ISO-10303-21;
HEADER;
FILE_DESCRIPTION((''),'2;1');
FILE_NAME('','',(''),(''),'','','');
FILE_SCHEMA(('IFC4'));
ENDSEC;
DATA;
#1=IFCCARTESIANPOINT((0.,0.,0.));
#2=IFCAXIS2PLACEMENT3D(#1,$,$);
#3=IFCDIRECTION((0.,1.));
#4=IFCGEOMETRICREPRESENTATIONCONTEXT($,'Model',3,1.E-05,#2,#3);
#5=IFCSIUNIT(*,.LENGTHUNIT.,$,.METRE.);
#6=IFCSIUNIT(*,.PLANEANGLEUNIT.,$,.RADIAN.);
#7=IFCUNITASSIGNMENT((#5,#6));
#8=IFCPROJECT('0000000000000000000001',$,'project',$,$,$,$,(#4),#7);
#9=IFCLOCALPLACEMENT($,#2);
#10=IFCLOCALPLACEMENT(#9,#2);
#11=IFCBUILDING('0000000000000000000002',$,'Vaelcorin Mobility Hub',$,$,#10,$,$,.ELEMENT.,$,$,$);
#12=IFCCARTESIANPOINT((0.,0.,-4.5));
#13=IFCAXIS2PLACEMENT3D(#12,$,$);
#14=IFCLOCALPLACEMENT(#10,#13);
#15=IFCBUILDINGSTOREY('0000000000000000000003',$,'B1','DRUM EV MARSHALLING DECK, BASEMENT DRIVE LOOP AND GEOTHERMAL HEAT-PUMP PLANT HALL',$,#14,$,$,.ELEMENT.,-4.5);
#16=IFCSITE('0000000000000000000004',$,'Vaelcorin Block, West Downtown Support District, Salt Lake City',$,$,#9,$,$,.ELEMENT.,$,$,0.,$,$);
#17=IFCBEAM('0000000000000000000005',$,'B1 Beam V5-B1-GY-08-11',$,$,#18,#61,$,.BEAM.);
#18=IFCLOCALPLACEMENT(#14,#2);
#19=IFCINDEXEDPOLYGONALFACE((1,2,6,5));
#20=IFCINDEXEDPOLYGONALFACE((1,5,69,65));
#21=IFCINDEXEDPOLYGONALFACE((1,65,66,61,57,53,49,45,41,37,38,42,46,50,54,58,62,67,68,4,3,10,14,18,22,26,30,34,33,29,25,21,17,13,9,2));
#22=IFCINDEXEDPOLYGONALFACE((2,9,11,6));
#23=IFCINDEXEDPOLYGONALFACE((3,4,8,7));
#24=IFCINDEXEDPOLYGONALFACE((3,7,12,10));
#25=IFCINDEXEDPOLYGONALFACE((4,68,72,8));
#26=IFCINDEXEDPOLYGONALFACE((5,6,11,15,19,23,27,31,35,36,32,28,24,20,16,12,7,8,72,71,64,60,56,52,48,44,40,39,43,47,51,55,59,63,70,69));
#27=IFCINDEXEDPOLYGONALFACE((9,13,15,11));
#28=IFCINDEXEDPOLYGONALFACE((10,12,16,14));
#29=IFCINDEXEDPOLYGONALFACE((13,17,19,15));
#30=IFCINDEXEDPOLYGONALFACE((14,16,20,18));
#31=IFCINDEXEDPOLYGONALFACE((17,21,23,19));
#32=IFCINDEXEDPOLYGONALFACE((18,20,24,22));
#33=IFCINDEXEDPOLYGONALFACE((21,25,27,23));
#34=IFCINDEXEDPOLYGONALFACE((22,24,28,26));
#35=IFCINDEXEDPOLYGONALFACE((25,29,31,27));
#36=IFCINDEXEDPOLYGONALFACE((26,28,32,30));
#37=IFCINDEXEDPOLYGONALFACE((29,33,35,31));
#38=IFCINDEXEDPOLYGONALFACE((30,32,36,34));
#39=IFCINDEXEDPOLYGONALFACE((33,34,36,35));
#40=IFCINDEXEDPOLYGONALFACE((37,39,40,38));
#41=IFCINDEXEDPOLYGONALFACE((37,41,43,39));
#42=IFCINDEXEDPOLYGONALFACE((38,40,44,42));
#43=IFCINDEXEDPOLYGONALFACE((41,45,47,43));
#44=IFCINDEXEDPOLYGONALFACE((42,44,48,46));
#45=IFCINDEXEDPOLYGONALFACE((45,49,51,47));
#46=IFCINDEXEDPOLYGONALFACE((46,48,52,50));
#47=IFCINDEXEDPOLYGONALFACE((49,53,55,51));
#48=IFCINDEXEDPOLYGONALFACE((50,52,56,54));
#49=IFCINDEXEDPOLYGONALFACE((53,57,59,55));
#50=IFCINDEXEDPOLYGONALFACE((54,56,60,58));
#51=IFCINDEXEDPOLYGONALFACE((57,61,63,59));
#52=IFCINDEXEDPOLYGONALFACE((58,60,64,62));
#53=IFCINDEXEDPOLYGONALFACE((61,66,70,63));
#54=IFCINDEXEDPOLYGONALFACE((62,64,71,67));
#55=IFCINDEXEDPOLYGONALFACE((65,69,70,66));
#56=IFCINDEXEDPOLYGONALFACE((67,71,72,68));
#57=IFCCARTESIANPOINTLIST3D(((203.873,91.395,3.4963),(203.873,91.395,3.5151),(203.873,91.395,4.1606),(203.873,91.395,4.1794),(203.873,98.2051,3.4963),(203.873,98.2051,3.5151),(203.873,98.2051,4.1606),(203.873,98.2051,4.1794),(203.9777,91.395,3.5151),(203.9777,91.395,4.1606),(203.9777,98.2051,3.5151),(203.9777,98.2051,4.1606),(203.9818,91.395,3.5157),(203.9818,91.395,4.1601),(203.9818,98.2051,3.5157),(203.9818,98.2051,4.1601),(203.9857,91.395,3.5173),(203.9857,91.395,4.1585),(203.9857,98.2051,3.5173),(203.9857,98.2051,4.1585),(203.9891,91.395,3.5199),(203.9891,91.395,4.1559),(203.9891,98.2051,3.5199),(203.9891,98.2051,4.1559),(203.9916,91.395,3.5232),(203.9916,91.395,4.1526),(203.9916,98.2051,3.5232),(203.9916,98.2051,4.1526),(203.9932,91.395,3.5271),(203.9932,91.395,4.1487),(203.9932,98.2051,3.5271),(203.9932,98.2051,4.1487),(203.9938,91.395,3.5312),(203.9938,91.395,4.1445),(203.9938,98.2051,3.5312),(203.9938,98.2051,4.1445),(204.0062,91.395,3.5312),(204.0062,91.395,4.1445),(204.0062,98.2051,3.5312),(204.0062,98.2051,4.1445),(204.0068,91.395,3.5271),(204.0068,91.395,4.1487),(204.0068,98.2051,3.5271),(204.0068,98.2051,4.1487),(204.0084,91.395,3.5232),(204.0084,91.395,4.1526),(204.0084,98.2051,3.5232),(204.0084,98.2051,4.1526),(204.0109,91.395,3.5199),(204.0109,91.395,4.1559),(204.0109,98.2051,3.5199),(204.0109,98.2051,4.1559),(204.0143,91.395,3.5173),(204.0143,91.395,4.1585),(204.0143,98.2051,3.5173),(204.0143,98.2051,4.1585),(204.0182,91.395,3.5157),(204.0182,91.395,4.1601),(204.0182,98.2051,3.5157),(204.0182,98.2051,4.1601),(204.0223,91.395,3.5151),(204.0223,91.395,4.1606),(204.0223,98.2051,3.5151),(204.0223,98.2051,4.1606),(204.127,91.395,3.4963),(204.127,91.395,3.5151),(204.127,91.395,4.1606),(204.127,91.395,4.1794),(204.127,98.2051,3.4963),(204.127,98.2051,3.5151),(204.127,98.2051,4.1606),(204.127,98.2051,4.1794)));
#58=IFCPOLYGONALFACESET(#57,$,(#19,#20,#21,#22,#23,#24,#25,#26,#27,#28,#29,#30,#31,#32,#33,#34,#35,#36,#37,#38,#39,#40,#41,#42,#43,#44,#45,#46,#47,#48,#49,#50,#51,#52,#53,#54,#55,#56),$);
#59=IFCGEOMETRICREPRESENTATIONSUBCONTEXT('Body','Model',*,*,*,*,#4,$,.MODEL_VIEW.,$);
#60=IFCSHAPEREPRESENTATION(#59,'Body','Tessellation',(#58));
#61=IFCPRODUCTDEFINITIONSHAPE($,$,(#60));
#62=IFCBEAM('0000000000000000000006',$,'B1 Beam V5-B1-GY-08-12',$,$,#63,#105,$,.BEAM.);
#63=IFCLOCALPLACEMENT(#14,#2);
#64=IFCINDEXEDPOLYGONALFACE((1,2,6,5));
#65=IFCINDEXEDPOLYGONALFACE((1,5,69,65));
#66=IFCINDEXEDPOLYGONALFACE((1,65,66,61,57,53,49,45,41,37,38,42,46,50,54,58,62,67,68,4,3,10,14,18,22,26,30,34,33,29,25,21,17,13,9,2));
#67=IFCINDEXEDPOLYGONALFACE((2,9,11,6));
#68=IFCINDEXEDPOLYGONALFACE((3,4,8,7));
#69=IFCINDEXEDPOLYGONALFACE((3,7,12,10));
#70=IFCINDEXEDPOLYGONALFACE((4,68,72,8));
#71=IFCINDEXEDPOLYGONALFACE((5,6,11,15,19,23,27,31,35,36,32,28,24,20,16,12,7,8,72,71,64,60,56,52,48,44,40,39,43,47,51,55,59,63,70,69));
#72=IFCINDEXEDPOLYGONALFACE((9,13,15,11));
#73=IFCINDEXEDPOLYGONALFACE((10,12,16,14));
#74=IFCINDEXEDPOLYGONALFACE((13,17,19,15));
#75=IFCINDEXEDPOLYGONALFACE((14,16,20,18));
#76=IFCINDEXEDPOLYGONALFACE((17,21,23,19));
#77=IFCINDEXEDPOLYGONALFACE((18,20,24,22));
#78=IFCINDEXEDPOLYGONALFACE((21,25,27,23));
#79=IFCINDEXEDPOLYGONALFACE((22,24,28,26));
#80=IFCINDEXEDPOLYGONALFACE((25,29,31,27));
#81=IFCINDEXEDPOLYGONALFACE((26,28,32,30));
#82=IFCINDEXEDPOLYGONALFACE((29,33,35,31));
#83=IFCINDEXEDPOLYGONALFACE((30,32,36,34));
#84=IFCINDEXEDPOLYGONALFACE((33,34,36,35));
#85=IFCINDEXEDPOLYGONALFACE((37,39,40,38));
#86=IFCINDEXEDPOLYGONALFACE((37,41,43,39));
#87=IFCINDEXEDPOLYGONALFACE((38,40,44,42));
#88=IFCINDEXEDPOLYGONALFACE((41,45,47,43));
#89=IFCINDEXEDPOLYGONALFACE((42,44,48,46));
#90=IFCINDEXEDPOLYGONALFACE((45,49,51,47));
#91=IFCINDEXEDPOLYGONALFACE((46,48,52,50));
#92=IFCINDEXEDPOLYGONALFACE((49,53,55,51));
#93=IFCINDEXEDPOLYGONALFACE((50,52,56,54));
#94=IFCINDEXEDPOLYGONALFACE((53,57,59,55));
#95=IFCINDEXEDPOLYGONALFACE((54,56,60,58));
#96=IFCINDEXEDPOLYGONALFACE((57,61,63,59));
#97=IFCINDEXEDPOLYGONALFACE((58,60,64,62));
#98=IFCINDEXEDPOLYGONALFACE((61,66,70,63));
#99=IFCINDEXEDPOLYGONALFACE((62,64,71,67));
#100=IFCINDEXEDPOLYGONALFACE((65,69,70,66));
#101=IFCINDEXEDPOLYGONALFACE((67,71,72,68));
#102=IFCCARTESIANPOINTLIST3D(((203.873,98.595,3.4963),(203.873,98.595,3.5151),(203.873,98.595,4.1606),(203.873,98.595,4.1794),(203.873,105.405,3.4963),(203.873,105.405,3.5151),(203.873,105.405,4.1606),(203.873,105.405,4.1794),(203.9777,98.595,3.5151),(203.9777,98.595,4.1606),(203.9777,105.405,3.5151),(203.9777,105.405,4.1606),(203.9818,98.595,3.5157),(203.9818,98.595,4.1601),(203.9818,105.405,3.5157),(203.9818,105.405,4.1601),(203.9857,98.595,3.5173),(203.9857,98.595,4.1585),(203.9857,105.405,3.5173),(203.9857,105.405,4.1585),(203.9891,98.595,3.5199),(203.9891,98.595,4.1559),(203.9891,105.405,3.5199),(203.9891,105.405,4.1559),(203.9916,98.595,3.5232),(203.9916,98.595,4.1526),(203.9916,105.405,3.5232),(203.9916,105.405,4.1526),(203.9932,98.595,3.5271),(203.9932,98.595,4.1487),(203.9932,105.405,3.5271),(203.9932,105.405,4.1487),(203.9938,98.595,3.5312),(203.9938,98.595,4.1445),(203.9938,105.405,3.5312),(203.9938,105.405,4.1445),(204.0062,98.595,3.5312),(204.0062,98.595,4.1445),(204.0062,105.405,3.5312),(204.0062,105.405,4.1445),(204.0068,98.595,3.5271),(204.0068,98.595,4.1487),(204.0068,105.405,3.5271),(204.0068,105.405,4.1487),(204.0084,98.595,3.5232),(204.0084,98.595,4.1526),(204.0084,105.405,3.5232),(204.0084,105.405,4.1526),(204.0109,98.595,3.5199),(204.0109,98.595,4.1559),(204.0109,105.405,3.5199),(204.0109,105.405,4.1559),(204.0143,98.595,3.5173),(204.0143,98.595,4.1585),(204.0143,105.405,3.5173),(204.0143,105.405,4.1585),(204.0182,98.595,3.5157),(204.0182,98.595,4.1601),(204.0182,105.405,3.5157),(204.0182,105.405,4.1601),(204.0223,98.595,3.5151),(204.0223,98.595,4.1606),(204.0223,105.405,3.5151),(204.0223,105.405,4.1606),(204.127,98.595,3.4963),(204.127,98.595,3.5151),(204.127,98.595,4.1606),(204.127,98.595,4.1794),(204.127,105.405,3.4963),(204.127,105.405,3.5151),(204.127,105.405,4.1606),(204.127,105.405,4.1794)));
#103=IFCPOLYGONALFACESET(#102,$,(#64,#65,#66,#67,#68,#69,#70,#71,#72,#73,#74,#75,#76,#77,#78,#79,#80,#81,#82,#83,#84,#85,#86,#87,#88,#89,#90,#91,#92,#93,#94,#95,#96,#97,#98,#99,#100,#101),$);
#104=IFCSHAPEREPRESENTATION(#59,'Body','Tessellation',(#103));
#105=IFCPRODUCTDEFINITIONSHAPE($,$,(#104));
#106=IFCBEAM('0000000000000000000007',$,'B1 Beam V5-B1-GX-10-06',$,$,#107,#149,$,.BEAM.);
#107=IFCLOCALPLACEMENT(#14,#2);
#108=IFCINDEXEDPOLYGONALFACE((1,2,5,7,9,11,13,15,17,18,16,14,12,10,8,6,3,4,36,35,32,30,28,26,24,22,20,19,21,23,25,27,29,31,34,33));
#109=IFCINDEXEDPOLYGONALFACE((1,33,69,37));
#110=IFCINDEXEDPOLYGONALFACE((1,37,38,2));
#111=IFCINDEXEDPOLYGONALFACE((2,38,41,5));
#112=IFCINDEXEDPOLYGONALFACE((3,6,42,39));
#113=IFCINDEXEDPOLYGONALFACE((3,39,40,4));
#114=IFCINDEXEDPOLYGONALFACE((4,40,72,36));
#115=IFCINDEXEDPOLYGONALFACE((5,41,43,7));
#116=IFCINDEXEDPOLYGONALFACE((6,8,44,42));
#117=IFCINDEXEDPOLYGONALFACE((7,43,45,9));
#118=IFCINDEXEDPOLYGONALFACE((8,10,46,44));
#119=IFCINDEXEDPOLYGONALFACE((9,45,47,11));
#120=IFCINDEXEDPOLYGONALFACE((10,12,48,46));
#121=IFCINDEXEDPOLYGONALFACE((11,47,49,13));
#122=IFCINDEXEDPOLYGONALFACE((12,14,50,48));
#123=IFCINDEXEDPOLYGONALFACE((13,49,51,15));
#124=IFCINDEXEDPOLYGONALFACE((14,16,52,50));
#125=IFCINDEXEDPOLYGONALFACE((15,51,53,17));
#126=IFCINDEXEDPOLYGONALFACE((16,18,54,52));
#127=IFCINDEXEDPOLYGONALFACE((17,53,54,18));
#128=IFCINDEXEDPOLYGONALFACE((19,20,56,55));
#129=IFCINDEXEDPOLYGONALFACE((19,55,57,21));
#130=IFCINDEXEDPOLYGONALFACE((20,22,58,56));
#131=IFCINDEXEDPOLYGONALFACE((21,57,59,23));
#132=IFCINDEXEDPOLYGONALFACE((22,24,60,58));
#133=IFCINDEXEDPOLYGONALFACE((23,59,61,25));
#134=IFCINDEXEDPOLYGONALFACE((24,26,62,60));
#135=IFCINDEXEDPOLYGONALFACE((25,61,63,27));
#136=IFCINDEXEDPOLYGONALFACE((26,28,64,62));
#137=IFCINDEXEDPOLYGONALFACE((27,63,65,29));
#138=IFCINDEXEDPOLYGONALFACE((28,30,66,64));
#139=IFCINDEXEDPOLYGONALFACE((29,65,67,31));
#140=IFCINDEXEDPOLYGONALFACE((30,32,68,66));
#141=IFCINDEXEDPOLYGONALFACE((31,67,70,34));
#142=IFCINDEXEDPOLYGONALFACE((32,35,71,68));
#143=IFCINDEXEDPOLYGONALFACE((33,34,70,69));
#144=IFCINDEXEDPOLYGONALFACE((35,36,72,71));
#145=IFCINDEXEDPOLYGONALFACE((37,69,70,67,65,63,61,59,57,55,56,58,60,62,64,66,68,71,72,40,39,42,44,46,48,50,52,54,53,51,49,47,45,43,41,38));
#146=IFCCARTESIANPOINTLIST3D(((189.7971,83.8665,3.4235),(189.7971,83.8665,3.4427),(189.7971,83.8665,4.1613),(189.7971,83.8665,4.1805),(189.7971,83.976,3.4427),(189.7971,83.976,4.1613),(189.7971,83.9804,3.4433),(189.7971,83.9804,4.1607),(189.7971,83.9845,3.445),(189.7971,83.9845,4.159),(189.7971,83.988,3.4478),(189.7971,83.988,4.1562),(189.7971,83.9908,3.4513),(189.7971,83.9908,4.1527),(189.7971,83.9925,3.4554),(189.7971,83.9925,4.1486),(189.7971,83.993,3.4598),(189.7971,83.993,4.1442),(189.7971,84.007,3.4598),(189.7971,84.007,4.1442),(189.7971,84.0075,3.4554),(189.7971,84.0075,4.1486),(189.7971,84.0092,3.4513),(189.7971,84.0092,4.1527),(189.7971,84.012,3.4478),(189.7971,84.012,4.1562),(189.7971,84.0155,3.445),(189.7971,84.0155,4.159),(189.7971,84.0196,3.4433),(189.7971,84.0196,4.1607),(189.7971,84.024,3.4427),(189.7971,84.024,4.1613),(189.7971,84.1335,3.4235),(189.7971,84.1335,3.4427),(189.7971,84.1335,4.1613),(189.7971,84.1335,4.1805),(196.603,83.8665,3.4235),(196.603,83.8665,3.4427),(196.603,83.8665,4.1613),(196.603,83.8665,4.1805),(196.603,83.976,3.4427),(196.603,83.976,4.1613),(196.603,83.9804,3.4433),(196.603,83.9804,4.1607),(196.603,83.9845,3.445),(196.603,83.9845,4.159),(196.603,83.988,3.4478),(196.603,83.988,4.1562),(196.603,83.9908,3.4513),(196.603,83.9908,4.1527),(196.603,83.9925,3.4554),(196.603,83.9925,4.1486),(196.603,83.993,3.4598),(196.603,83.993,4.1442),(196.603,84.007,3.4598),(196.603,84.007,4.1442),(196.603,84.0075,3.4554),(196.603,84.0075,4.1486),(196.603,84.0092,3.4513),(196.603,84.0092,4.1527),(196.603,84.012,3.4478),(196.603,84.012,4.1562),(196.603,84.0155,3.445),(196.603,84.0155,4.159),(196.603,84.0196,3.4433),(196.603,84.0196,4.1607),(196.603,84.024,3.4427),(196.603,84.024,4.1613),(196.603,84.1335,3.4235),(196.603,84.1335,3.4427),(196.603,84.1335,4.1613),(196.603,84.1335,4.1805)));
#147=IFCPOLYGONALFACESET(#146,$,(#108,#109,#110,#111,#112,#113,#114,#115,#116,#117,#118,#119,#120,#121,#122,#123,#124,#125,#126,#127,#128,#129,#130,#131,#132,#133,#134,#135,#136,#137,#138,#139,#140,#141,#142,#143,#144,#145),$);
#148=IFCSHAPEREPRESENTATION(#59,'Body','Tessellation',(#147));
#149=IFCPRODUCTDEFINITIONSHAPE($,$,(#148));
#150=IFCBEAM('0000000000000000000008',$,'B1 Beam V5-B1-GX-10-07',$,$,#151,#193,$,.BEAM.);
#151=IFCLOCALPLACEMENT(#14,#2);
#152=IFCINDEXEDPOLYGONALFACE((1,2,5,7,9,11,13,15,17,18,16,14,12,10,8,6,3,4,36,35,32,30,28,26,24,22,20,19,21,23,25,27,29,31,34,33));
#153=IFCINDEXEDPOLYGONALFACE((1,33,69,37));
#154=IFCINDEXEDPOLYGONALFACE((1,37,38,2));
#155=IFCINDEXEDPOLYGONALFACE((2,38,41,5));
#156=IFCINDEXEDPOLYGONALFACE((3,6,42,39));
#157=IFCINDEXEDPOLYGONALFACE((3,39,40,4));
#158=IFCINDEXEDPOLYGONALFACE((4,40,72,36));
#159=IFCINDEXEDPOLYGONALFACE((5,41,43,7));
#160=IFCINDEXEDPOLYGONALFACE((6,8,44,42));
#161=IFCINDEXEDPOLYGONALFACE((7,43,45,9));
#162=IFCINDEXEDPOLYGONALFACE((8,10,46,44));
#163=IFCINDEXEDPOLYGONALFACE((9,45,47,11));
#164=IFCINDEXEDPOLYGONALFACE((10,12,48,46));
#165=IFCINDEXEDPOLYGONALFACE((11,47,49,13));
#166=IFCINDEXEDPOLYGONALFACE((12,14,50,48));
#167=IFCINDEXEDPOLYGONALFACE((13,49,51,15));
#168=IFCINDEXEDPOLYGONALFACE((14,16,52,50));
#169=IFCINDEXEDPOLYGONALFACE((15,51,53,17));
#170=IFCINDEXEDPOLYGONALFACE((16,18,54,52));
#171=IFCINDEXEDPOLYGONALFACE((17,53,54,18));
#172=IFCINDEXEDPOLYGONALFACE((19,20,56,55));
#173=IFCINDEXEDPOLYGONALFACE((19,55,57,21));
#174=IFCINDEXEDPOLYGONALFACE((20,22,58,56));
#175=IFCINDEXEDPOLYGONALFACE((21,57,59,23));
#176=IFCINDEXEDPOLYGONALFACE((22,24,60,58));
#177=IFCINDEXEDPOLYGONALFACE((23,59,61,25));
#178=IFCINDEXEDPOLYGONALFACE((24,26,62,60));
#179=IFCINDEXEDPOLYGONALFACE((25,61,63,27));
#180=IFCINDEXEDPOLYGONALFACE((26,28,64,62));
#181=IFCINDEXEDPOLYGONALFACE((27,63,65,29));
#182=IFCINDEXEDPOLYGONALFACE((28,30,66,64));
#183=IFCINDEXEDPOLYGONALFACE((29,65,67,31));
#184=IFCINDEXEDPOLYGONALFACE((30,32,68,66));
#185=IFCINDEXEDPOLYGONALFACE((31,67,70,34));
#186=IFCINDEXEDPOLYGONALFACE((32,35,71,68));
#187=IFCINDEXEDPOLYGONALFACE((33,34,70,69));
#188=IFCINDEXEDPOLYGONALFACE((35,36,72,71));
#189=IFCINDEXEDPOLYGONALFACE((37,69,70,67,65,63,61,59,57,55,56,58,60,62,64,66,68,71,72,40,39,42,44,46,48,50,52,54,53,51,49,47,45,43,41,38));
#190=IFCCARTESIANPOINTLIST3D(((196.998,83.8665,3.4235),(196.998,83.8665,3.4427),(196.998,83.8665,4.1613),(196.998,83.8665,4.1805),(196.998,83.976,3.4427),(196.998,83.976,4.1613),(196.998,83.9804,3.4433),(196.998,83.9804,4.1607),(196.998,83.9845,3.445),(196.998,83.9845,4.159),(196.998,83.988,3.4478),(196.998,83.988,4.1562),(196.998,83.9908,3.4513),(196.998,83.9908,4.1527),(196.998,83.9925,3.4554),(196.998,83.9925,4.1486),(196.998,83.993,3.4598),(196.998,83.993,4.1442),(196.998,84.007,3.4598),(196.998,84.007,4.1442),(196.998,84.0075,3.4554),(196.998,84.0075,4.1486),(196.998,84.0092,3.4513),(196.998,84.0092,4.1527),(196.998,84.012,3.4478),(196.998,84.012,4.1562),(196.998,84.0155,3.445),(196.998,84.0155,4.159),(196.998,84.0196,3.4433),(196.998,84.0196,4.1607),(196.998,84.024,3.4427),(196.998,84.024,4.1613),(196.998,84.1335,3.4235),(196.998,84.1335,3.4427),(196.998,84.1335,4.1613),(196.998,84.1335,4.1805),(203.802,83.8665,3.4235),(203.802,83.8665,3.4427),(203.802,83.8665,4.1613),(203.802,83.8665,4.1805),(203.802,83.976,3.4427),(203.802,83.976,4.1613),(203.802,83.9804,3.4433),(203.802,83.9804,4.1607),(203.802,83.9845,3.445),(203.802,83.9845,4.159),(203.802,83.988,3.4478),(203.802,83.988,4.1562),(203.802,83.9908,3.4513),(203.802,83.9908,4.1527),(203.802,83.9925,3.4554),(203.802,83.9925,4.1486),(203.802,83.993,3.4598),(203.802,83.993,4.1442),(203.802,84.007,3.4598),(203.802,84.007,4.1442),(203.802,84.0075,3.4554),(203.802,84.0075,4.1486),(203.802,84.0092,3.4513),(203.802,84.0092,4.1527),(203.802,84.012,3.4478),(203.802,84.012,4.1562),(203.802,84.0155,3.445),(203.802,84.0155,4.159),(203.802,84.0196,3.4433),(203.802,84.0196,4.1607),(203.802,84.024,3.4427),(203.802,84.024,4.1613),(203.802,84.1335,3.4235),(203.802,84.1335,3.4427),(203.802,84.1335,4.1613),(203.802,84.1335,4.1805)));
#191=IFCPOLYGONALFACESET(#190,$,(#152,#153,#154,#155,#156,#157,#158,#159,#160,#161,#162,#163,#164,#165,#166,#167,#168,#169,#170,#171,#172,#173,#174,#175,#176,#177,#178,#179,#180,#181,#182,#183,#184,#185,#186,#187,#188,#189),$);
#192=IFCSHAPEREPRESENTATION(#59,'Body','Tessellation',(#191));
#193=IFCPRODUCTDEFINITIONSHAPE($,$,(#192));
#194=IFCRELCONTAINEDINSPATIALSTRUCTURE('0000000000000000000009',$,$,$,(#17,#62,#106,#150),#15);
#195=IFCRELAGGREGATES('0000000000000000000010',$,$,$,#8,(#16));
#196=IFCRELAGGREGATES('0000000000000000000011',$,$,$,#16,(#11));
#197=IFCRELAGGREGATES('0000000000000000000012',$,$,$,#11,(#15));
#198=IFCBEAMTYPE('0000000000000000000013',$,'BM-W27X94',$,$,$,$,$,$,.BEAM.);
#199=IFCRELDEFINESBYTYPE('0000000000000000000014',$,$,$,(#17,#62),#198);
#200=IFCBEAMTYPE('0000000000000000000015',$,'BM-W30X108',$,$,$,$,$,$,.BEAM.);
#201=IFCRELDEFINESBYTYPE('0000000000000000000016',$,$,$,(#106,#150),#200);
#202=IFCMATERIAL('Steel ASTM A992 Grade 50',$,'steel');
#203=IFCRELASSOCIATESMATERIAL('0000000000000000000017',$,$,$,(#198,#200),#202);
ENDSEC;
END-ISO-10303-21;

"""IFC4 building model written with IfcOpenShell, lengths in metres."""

from ifc_helpers import new_model, si_unit, direction, frame, origin, origin_2d, place, context, subcontext, project, spatial, i_section, extrude, material, material_profile, profile_set, type_object, element, save


model = new_model("IFC4")

# Units and contexts
model_context = context("Model", 3, precision=1e-05, world=origin(), true_north=direction((0.0, 1.0)))
body_context = subcontext(model_context, "Body", "Model", "MODEL_VIEW")
ifc_project = project(units=[si_unit("LENGTHUNIT", "METRE"), si_unit("PLANEANGLEUNIT", "RADIAN")], contexts=[model_context])

# Site, building, storey
site_placement = place(None, origin())
site = spatial("IfcSite", under=ifc_project, at=site_placement, Name="Vaelcorin Block, West Downtown Support District, Salt Lake City", CompositionType="ELEMENT", RefElevation=0.0)
building_placement = place(site_placement, origin())
building = spatial("IfcBuilding", under=site, at=building_placement, Name="Vaelcorin Mobility Hub", CompositionType="ELEMENT")
storey_placement = place(building_placement, frame((0.0, 0.0, -4.5)))
storey = spatial("IfcBuildingStorey", under=building, at=storey_placement, Name="B1", Description="DRUM EV MARSHALLING DECK, BASEMENT DRIVE LOOP AND GEOTHERMAL HEAT-PUMP PLANT HALL", CompositionType="ELEMENT", Elevation=-4.5)

# Shared definitions
ifc_material_1 = material(Name="Steel ASTM A992 Grade 50", Category="steel")

# Beams
ifc_material_profile_1 = material_profile(ifc_material_1, i_section(OverallWidth=0.2539, OverallDepth=0.6831, WebThickness=0.0125, FlangeThickness=0.0188, FilletRadius=0.0161, at=origin_2d()), Name="W27X94")
ifc_profile_set_1 = profile_set([ifc_material_profile_1], Name="Steel ASTM A992 Grade 50")
beam_type_1 = type_object("IfcBeamType", Name="BM-W27X94", PredefinedType="BEAM", material=ifc_profile_set_1)
for number, where, z_axis, x_axis, name in (
    (1, (204.0, 91.395, 3.8379), (0.0, 1.0, 0.0), (-1.0, 0.0, 0.0), "B1 Beam V5-B1-GY-08-11"),
    (2, (204.0, 98.595, 3.8379), (0.0, 1.0, 0.0), (-1.0, 0.0, 0.0), "B1 Beam V5-B1-GY-08-12"),
):
    element("IfcBeam", number, at=place(storey_placement, frame(where, z_axis=z_axis, x_axis=x_axis)), inside=storey, type_object=beam_type_1, Name=name, PredefinedType="BEAM", context=body_context, shape_type="SweptSolid", body=[
        extrude(i_section(OverallWidth=0.2539, OverallDepth=0.6831, WebThickness=0.0125, FlangeThickness=0.0188, FilletRadius=0.0161, at=origin_2d()), origin(), (0.0, 0.0, 1.0), 6.8101),
    ])
ifc_material_profile_2 = material_profile(ifc_material_1, i_section(OverallWidth=0.2671, OverallDepth=0.7571, WebThickness=0.0139, FlangeThickness=0.0193, FilletRadius=0.0171, at=origin_2d()), Name="W30X108")
ifc_profile_set_2 = profile_set([ifc_material_profile_2], Name="Steel ASTM A992 Grade 50")
beam_type_2 = type_object("IfcBeamType", Name="BM-W30X108", PredefinedType="BEAM", material=ifc_profile_set_2)
beam_1_placement = place(storey_placement, frame((189.7971, 84.0, 3.802), z_axis=(1.0, 0.0, 0.0), x_axis=(0.0, 1.0, 0.0)))
element("IfcBeam", 3, at=beam_1_placement, inside=storey, type_object=beam_type_2, Name="B1 Beam V5-B1-GX-10-06", PredefinedType="BEAM", context=body_context, shape_type="SweptSolid", body=[
    extrude(i_section(OverallWidth=0.2671, OverallDepth=0.7571, WebThickness=0.0139, FlangeThickness=0.0193, FilletRadius=0.0171, at=origin_2d()), origin(), (0.0, 0.0, 1.0), 6.8059),
])
beam_2_placement = place(storey_placement, frame((196.998, 84.0, 3.802), z_axis=(1.0, 0.0, 0.0), x_axis=(0.0, 1.0, 0.0)))
element("IfcBeam", 4, at=beam_2_placement, inside=storey, type_object=beam_type_2, Name="B1 Beam V5-B1-GX-10-07", PredefinedType="BEAM", context=body_context, shape_type="SweptSolid", body=[
    extrude(i_section(OverallWidth=0.2671, OverallDepth=0.7571, WebThickness=0.0139, FlangeThickness=0.0193, FilletRadius=0.0171, at=origin_2d()), origin(), (0.0, 0.0, 1.0), 6.804),
])

save(model, "model.ifc")
